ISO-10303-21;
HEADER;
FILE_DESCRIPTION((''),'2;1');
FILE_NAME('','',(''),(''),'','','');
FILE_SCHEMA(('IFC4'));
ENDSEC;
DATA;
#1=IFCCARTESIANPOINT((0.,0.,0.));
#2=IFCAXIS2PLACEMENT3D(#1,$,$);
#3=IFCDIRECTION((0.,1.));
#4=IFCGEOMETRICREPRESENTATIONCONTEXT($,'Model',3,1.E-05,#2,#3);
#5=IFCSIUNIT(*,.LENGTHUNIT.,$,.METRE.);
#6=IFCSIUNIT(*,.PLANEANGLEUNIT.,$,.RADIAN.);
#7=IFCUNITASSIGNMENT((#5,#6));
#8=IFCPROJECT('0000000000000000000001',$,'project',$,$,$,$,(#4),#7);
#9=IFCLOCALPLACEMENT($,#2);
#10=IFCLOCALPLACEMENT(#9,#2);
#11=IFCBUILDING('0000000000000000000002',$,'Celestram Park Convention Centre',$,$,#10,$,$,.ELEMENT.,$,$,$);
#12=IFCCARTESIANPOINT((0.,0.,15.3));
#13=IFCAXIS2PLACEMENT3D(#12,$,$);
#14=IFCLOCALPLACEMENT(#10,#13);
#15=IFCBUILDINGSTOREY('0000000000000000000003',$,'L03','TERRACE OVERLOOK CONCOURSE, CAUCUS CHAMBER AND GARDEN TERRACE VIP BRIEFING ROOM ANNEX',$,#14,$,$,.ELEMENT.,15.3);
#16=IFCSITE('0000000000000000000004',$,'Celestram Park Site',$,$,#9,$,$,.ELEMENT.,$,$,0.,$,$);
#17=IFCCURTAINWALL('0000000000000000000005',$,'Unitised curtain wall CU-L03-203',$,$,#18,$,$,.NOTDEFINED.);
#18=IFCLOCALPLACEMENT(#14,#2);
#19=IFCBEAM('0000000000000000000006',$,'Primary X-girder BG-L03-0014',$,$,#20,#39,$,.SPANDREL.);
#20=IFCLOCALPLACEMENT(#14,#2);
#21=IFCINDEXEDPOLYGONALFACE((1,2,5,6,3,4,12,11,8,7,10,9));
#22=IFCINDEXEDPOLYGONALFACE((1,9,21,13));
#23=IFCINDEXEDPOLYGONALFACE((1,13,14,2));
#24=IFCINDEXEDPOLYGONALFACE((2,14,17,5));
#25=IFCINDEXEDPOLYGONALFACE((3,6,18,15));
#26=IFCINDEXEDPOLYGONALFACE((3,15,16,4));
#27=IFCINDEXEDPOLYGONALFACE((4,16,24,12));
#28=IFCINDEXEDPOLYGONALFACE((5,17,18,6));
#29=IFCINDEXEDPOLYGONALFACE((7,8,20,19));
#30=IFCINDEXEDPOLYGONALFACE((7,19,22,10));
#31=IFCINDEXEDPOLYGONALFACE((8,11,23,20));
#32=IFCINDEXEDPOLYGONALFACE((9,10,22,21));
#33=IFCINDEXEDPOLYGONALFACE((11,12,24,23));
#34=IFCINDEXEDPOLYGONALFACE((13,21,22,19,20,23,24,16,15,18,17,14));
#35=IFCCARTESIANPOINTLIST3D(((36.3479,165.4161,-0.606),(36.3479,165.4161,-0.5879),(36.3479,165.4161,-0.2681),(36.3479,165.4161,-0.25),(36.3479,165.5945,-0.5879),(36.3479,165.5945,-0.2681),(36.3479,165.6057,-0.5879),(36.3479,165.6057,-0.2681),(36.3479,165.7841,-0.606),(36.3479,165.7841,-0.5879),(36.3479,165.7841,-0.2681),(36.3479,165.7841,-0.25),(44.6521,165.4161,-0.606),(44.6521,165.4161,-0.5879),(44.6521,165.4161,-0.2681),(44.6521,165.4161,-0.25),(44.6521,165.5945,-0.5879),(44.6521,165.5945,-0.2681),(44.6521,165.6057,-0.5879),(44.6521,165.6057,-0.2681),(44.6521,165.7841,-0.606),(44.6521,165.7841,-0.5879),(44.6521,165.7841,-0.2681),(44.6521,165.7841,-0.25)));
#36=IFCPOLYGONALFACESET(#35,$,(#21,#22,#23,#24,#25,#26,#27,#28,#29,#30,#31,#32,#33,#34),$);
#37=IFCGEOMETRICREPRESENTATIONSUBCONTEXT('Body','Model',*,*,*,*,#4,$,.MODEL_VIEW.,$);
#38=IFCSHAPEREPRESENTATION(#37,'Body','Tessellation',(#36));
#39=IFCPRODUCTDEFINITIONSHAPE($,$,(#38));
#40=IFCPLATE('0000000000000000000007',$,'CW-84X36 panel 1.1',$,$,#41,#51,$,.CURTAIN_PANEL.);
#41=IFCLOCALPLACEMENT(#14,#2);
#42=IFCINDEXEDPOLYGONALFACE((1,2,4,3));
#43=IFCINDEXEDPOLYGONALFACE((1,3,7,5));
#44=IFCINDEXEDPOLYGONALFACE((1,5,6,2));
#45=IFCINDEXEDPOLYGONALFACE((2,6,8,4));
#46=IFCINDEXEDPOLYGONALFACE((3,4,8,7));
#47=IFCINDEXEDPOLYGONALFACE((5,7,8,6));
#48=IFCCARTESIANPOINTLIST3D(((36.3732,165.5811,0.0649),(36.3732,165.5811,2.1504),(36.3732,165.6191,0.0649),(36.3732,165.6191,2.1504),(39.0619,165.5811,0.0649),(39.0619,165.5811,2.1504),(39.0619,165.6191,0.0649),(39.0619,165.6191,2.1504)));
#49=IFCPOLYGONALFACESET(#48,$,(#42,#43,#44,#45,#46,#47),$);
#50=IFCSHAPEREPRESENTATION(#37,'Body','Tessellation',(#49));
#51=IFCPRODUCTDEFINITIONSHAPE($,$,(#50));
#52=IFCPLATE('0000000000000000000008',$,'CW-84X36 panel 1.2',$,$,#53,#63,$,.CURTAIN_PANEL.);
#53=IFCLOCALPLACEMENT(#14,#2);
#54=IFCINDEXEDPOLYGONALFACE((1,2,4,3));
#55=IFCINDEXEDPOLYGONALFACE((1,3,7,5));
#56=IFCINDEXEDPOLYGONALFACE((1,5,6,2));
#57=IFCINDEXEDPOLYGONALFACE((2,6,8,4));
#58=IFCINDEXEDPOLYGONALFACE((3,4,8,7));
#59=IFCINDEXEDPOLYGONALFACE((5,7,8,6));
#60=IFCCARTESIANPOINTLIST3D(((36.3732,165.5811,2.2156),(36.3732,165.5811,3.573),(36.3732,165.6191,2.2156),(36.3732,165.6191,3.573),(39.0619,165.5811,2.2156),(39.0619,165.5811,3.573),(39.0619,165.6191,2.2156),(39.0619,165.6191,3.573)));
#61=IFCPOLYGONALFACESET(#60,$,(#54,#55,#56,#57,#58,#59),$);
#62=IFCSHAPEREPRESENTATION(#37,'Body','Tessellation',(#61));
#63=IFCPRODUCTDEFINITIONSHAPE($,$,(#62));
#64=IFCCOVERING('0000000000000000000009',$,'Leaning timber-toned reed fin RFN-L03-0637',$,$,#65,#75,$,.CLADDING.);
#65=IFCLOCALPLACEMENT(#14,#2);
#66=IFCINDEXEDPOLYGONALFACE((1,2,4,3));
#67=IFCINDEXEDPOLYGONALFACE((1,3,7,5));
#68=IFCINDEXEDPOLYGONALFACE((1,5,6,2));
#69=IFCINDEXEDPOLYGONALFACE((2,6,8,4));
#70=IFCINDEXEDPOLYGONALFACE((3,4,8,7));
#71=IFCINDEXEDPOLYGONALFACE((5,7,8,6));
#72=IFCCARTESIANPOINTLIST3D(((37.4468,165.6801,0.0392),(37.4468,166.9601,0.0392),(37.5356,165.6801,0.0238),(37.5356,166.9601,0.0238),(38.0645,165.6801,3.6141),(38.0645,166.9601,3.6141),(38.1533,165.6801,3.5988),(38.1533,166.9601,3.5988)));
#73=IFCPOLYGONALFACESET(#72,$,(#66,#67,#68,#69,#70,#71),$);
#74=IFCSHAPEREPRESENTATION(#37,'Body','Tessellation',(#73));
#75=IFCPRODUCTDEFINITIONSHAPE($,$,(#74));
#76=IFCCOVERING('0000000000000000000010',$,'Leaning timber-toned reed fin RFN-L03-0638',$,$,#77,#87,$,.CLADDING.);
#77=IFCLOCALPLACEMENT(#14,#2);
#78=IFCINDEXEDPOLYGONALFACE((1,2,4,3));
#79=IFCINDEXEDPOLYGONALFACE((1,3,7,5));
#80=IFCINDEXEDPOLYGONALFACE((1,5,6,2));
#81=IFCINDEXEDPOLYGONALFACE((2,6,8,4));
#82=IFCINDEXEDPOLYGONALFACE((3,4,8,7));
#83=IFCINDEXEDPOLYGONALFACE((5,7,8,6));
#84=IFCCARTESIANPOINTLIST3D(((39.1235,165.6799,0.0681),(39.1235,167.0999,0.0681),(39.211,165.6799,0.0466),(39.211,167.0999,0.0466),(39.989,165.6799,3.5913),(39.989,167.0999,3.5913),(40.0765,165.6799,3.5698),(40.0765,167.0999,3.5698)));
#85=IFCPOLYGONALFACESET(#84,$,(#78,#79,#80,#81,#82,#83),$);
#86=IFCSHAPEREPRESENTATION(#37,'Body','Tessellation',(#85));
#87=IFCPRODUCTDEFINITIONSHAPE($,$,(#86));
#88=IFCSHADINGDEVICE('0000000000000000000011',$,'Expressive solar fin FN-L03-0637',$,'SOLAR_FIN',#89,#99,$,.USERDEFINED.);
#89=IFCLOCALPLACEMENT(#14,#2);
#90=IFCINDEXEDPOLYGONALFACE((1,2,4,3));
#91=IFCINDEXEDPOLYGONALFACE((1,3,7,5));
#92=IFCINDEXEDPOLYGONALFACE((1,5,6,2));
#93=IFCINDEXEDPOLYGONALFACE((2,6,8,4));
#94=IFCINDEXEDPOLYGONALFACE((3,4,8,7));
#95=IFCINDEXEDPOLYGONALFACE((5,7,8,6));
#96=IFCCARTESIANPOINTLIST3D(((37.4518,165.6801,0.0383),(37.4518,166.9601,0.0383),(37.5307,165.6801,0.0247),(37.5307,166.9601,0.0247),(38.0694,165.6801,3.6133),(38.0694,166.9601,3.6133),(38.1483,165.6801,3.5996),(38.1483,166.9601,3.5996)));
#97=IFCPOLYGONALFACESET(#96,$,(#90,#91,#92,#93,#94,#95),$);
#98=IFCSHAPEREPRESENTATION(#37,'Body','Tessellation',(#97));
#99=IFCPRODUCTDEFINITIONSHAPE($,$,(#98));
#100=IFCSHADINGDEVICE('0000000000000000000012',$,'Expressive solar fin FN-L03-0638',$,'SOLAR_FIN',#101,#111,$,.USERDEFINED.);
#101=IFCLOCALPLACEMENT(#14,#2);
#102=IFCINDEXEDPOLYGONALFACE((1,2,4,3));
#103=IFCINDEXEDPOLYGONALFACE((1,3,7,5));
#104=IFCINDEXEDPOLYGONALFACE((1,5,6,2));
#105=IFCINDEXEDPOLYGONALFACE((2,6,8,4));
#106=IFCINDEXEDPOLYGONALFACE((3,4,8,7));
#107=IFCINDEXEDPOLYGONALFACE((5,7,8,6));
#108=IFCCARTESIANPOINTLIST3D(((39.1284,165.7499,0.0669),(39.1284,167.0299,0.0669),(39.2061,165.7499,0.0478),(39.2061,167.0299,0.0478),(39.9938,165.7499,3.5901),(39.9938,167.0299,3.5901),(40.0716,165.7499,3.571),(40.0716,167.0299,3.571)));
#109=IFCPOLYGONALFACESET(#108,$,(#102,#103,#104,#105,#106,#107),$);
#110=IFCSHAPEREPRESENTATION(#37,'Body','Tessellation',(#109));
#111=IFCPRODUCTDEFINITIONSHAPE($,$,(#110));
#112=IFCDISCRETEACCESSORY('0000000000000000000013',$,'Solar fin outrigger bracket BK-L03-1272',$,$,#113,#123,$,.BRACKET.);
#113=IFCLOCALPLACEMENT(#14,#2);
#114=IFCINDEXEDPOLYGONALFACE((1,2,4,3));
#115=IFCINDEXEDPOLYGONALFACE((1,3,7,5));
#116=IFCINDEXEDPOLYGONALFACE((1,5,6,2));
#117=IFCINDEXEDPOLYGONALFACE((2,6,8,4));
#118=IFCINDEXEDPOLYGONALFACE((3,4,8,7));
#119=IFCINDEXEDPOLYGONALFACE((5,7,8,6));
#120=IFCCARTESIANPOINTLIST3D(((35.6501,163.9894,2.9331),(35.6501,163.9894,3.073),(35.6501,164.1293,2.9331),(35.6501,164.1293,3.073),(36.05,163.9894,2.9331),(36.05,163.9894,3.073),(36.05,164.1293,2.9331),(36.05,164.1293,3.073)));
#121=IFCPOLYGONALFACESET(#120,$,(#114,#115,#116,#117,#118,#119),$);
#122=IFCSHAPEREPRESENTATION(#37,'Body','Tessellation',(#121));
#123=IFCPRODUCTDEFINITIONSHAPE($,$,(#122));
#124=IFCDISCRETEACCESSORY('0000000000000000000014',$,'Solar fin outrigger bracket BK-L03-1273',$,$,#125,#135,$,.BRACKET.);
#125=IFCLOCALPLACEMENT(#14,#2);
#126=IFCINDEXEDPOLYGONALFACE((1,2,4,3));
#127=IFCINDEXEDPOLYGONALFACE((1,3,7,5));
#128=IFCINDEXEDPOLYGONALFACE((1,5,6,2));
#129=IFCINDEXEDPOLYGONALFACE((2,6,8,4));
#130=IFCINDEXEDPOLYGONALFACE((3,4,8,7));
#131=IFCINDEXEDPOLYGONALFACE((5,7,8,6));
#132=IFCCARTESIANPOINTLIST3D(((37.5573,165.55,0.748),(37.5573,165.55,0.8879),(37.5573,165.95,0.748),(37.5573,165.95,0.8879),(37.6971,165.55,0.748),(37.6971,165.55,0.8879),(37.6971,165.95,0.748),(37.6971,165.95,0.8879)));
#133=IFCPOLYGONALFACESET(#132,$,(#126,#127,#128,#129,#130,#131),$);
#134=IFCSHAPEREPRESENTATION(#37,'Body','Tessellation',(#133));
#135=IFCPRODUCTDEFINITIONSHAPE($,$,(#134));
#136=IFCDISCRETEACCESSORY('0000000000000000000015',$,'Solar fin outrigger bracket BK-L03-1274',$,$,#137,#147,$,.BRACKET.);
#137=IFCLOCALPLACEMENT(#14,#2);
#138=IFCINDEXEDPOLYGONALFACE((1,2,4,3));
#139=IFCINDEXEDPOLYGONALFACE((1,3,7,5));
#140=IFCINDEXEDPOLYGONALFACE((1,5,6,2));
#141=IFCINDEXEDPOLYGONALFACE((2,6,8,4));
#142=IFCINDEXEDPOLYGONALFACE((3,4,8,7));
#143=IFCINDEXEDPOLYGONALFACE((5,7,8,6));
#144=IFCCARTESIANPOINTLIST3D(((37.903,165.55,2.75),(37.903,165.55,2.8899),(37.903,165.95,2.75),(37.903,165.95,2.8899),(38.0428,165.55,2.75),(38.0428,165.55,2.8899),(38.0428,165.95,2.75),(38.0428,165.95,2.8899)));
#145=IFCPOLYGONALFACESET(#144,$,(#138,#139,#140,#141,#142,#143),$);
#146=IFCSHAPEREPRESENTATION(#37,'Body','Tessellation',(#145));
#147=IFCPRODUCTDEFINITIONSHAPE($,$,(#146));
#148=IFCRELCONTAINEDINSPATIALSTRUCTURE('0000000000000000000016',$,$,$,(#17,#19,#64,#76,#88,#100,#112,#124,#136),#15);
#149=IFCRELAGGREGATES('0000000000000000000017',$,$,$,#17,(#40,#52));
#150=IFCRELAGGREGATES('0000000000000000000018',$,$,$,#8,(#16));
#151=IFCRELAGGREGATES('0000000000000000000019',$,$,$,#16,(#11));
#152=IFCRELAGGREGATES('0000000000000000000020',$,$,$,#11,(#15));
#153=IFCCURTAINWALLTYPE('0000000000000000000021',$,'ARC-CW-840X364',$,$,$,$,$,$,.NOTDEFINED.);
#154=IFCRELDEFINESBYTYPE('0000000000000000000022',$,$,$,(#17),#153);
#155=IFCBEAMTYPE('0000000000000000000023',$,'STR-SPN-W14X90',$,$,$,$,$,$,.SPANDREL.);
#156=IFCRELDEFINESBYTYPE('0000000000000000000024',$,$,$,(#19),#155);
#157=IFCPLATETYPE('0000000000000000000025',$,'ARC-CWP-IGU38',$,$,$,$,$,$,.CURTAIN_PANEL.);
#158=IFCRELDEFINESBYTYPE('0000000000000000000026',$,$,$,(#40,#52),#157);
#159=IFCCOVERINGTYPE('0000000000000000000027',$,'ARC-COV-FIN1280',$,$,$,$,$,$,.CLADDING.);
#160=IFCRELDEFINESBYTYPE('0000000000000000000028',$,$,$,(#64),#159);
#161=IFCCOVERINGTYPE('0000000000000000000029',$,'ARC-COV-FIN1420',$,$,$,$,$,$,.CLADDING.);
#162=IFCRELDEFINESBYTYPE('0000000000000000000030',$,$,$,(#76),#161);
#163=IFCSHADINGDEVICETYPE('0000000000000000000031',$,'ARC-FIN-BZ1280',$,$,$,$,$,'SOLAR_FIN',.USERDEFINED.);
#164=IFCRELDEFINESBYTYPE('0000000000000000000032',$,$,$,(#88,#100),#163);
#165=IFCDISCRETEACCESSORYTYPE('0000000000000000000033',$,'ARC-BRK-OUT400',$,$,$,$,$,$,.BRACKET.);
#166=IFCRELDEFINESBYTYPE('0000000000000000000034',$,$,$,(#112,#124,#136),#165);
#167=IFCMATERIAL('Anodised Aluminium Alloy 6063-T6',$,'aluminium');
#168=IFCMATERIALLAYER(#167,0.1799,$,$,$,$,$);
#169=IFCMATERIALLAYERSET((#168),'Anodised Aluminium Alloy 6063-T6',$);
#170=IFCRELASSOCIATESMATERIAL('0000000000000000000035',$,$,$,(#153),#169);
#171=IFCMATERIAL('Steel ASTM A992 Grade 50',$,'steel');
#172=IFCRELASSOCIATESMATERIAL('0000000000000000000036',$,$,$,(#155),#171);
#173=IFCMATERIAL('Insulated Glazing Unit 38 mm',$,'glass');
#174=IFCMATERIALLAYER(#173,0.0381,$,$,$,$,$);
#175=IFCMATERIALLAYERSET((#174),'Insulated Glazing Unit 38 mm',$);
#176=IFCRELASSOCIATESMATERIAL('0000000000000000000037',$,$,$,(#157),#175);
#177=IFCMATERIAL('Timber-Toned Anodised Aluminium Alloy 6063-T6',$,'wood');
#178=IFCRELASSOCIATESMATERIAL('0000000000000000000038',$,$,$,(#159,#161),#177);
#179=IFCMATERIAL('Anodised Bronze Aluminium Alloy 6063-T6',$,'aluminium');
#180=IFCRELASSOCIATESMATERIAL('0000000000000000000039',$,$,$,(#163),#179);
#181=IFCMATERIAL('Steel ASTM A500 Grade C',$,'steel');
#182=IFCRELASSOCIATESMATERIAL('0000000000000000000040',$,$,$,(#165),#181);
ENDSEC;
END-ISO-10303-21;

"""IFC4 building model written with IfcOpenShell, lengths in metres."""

from ifc_helpers import new_model, si_unit, direction, frame, origin, origin_2d, place, context, subcontext, project, spatial, rectangle, i_section, extrude, material, layer, layer_set, material_profile, profile_set, type_object, element, aggregate, save


model = new_model("IFC4")

# Units and contexts
model_context = context("Model", 3, precision=1e-05, world=origin(), true_north=direction((0.0, 1.0)))
body_context = subcontext(model_context, "Body", "Model", "MODEL_VIEW")
ifc_project = project(units=[si_unit("LENGTHUNIT", "METRE"), si_unit("PLANEANGLEUNIT", "RADIAN")], contexts=[model_context])

# Site, building, storey
site_placement = place(None, origin())
site = spatial("IfcSite", under=ifc_project, at=site_placement, Name="Celestram Park Site", CompositionType="ELEMENT", RefElevation=0.0)
building_placement = place(site_placement, origin())
building = spatial("IfcBuilding", under=site, at=building_placement, Name="Celestram Park Convention Centre", CompositionType="ELEMENT")
storey_placement = place(building_placement, frame((0.0, 0.0, 15.3)))
storey = spatial("IfcBuildingStorey", under=building, at=storey_placement, Name="L03", Description="TERRACE OVERLOOK CONCOURSE, CAUCUS CHAMBER AND GARDEN TERRACE VIP BRIEFING ROOM ANNEX", CompositionType="ELEMENT", Elevation=15.3)

# Shared definitions
ifc_material_1 = material(Name="Anodised Aluminium Alloy 6063-T6", Category="aluminium")

# Curtain wall
ifc_layer_1 = layer(ifc_material_1, 0.1799)
ifc_layer_set_1 = layer_set([ifc_layer_1], Name="Anodised Aluminium Alloy 6063-T6")
curtain_wall_type_1 = type_object("IfcCurtainWallType", Name="ARC-CW-840X364", PredefinedType="NOTDEFINED", material=ifc_layer_set_1)
curtain_wall_1_placement = place(storey_placement, origin())
curtain_wall_1 = element("IfcCurtainWall", 1, at=curtain_wall_1_placement, inside=storey, type_object=curtain_wall_type_1, Name="Unitised curtain wall CU-L03-203", PredefinedType="NOTDEFINED")

# Beam
ifc_material_2 = material(Name="Steel ASTM A992 Grade 50", Category="steel")
ifc_material_profile_1 = material_profile(ifc_material_2, i_section(OverallWidth=0.3679, OverallDepth=0.356, WebThickness=0.0112, FlangeThickness=0.0181, at=origin_2d()), Name="W14X90")
ifc_profile_set_1 = profile_set([ifc_material_profile_1], Name="Steel ASTM A992 Grade 50")
beam_type = type_object("IfcBeamType", Name="STR-SPN-W14X90", PredefinedType="SPANDREL", material=ifc_profile_set_1)
beam_placement = place(storey_placement, frame((36.3479, 165.6001, -0.428), z_axis=(1.0, 0.0, 0.0), x_axis=(0.0, 1.0, 0.0)))
element("IfcBeam", 2, at=beam_placement, inside=storey, type_object=beam_type, Name="Primary X-girder BG-L03-0014", PredefinedType="SPANDREL", context=body_context, shape_type="SweptSolid", body=[
    extrude(i_section(OverallWidth=0.3679, OverallDepth=0.356, WebThickness=0.0112, FlangeThickness=0.0181, at=origin_2d()), origin(), (0.0, 0.0, 1.0), 8.3042),
])

# Plates
ifc_material_3 = material(Name="Insulated Glazing Unit 38 mm", Category="glass")
ifc_layer_2 = layer(ifc_material_3, 0.0381)
ifc_layer_set_2 = layer_set([ifc_layer_2], Name="Insulated Glazing Unit 38 mm")
plate_type = type_object("IfcPlateType", Name="ARC-CWP-IGU38", PredefinedType="CURTAIN_PANEL", material=ifc_layer_set_2)
plate_1_placement = place(storey_placement, frame((37.7175, 165.6001, 0.0649), z_axis=(0.0, 0.0, 1.0), x_axis=(1.0, 0.0, 0.0)))
plate_1 = element("IfcPlate", 3, at=plate_1_placement, type_object=plate_type, Name="CW-84X36 panel 1.1", PredefinedType="CURTAIN_PANEL", context=body_context, shape_type="SweptSolid", body=[
    extrude(rectangle(XDim=2.6887, YDim=0.0381, at=origin_2d()), origin(), (0.0, 0.0, 1.0), 2.0854),
])
plate_2_placement = place(storey_placement, frame((37.7175, 165.6001, 2.2156), z_axis=(0.0, 0.0, 1.0), x_axis=(1.0, 0.0, 0.0)))
plate_2 = element("IfcPlate", 4, at=plate_2_placement, type_object=plate_type, Name="CW-84X36 panel 1.2", PredefinedType="CURTAIN_PANEL", context=body_context, shape_type="SweptSolid", body=[
    extrude(rectangle(XDim=2.6887, YDim=0.0381, at=origin_2d()), origin(), (0.0, 0.0, 1.0), 1.3574),
])
aggregate(curtain_wall_1, [plate_1, plate_2])

# Coverings
ifc_material_4 = material(Name="Timber-Toned Anodised Aluminium Alloy 6063-T6", Category="wood")
ifc_material_profile_2 = material_profile(ifc_material_4, rectangle(XDim=1.28, YDim=0.0901, at=origin_2d()), Name="REED1280X90")
ifc_profile_set_2 = profile_set([ifc_material_profile_2], Name="Timber-Toned Anodised Aluminium Alloy 6063-T6")
covering_type_1 = type_object("IfcCoveringType", Name="ARC-COV-FIN1280", PredefinedType="CLADDING", material=ifc_profile_set_2)
covering_1_placement = place(storey_placement, frame((37.4912, 166.3201, 0.0315), z_axis=(0.170256, 0.0, 0.9854), x_axis=(0.0, 1.0, 0.0)))
element("IfcCovering", 5, at=covering_1_placement, inside=storey, type_object=covering_type_1, Name="Leaning timber-toned reed fin RFN-L03-0637", PredefinedType="CLADDING", context=body_context, shape_type="SweptSolid", body=[
    extrude(rectangle(XDim=1.28, YDim=0.0901, at=origin_2d()), origin(), (0.0, 0.0, 1.0), 3.6279),
])
ifc_material_profile_3 = material_profile(ifc_material_4, rectangle(XDim=1.4199, YDim=0.0901, at=origin_2d()), Name="REED1420X90")
ifc_profile_set_3 = profile_set([ifc_material_profile_3], Name="Timber-Toned Anodised Aluminium Alloy 6063-T6")
covering_type_2 = type_object("IfcCoveringType", Name="ARC-COV-FIN1420", PredefinedType="CLADDING", material=ifc_profile_set_3)
covering_2_placement = place(storey_placement, frame((39.1672, 166.3899, 0.0574), z_axis=(0.238559, 0.0, 0.971128), x_axis=(0.0, 1.0, 0.0)))
element("IfcCovering", 6, at=covering_2_placement, inside=storey, type_object=covering_type_2, Name="Leaning timber-toned reed fin RFN-L03-0638", PredefinedType="CLADDING", context=body_context, shape_type="SweptSolid", body=[
    extrude(rectangle(XDim=1.4199, YDim=0.0901, at=origin_2d()), origin(), (0.0, 0.0, 1.0), 3.6279),
])

# Shading devices
ifc_material_5 = material(Name="Anodised Bronze Aluminium Alloy 6063-T6", Category="aluminium")
ifc_material_profile_4 = material_profile(ifc_material_5, rectangle(XDim=1.28, YDim=0.0801, at=origin_2d()), Name="FIN1280X80")
ifc_profile_set_4 = profile_set([ifc_material_profile_4], Name="Anodised Bronze Aluminium Alloy 6063-T6")
shading_device_type = type_object("IfcShadingDeviceType", Name="ARC-FIN-BZ1280", ElementType="SOLAR_FIN", PredefinedType="USERDEFINED", material=ifc_profile_set_4)
for number, where, z_axis, x_axis, name in (
    (7, (37.4912, 166.3201, 0.0315), (0.170256, 0.0, 0.9854), (0.0, 1.0, 0.0), "Expressive solar fin FN-L03-0637"),
    (8, (39.1672, 166.3899, 0.0574), (0.238559, 0.0, 0.971128), (0.0, 1.0, 0.0), "Expressive solar fin FN-L03-0638"),
):
    element("IfcShadingDevice", number, at=place(storey_placement, frame(where, z_axis=z_axis, x_axis=x_axis)), inside=storey, type_object=shading_device_type, Name=name, ObjectType="SOLAR_FIN", PredefinedType="USERDEFINED", context=body_context, shape_type="SweptSolid", body=[
        extrude(rectangle(XDim=1.28, YDim=0.0801, at=origin_2d()), origin(), (0.0, 0.0, 1.0), 3.6279),
    ])

# Discrete accessories
ifc_material_6 = material(Name="Steel ASTM A500 Grade C", Category="steel")
discrete_accessory_type = type_object("IfcDiscreteAccessoryType", Name="ARC-BRK-OUT400", PredefinedType="BRACKET", material=ifc_material_6)
for number, where, z_axis, x_axis, name in (
    (9, (35.8501, 164.0593, 2.9331), (0.0, 0.0, 1.0), (-1.0, 0.0, 0.0), "Solar fin outrigger bracket BK-L03-1272"),
    (10, (37.6272, 165.75, 0.748), (0.0, 0.0, 1.0), (0.0, 1.0, 0.0), "Solar fin outrigger bracket BK-L03-1273"),
    (11, (37.9729, 165.75, 2.75), (0.0, 0.0, 1.0), (0.0, 1.0, 0.0), "Solar fin outrigger bracket BK-L03-1274"),
):
    element("IfcDiscreteAccessory", number, at=place(storey_placement, frame(where, z_axis=z_axis, x_axis=x_axis)), inside=storey, type_object=discrete_accessory_type, Name=name, PredefinedType="BRACKET", context=body_context, shape_type="SweptSolid", body=[
        extrude(rectangle(XDim=0.3999, YDim=0.1399, at=origin_2d()), origin(), (0.0, 0.0, 1.0), 0.1399),
    ])

save(model, "model.ifc")
